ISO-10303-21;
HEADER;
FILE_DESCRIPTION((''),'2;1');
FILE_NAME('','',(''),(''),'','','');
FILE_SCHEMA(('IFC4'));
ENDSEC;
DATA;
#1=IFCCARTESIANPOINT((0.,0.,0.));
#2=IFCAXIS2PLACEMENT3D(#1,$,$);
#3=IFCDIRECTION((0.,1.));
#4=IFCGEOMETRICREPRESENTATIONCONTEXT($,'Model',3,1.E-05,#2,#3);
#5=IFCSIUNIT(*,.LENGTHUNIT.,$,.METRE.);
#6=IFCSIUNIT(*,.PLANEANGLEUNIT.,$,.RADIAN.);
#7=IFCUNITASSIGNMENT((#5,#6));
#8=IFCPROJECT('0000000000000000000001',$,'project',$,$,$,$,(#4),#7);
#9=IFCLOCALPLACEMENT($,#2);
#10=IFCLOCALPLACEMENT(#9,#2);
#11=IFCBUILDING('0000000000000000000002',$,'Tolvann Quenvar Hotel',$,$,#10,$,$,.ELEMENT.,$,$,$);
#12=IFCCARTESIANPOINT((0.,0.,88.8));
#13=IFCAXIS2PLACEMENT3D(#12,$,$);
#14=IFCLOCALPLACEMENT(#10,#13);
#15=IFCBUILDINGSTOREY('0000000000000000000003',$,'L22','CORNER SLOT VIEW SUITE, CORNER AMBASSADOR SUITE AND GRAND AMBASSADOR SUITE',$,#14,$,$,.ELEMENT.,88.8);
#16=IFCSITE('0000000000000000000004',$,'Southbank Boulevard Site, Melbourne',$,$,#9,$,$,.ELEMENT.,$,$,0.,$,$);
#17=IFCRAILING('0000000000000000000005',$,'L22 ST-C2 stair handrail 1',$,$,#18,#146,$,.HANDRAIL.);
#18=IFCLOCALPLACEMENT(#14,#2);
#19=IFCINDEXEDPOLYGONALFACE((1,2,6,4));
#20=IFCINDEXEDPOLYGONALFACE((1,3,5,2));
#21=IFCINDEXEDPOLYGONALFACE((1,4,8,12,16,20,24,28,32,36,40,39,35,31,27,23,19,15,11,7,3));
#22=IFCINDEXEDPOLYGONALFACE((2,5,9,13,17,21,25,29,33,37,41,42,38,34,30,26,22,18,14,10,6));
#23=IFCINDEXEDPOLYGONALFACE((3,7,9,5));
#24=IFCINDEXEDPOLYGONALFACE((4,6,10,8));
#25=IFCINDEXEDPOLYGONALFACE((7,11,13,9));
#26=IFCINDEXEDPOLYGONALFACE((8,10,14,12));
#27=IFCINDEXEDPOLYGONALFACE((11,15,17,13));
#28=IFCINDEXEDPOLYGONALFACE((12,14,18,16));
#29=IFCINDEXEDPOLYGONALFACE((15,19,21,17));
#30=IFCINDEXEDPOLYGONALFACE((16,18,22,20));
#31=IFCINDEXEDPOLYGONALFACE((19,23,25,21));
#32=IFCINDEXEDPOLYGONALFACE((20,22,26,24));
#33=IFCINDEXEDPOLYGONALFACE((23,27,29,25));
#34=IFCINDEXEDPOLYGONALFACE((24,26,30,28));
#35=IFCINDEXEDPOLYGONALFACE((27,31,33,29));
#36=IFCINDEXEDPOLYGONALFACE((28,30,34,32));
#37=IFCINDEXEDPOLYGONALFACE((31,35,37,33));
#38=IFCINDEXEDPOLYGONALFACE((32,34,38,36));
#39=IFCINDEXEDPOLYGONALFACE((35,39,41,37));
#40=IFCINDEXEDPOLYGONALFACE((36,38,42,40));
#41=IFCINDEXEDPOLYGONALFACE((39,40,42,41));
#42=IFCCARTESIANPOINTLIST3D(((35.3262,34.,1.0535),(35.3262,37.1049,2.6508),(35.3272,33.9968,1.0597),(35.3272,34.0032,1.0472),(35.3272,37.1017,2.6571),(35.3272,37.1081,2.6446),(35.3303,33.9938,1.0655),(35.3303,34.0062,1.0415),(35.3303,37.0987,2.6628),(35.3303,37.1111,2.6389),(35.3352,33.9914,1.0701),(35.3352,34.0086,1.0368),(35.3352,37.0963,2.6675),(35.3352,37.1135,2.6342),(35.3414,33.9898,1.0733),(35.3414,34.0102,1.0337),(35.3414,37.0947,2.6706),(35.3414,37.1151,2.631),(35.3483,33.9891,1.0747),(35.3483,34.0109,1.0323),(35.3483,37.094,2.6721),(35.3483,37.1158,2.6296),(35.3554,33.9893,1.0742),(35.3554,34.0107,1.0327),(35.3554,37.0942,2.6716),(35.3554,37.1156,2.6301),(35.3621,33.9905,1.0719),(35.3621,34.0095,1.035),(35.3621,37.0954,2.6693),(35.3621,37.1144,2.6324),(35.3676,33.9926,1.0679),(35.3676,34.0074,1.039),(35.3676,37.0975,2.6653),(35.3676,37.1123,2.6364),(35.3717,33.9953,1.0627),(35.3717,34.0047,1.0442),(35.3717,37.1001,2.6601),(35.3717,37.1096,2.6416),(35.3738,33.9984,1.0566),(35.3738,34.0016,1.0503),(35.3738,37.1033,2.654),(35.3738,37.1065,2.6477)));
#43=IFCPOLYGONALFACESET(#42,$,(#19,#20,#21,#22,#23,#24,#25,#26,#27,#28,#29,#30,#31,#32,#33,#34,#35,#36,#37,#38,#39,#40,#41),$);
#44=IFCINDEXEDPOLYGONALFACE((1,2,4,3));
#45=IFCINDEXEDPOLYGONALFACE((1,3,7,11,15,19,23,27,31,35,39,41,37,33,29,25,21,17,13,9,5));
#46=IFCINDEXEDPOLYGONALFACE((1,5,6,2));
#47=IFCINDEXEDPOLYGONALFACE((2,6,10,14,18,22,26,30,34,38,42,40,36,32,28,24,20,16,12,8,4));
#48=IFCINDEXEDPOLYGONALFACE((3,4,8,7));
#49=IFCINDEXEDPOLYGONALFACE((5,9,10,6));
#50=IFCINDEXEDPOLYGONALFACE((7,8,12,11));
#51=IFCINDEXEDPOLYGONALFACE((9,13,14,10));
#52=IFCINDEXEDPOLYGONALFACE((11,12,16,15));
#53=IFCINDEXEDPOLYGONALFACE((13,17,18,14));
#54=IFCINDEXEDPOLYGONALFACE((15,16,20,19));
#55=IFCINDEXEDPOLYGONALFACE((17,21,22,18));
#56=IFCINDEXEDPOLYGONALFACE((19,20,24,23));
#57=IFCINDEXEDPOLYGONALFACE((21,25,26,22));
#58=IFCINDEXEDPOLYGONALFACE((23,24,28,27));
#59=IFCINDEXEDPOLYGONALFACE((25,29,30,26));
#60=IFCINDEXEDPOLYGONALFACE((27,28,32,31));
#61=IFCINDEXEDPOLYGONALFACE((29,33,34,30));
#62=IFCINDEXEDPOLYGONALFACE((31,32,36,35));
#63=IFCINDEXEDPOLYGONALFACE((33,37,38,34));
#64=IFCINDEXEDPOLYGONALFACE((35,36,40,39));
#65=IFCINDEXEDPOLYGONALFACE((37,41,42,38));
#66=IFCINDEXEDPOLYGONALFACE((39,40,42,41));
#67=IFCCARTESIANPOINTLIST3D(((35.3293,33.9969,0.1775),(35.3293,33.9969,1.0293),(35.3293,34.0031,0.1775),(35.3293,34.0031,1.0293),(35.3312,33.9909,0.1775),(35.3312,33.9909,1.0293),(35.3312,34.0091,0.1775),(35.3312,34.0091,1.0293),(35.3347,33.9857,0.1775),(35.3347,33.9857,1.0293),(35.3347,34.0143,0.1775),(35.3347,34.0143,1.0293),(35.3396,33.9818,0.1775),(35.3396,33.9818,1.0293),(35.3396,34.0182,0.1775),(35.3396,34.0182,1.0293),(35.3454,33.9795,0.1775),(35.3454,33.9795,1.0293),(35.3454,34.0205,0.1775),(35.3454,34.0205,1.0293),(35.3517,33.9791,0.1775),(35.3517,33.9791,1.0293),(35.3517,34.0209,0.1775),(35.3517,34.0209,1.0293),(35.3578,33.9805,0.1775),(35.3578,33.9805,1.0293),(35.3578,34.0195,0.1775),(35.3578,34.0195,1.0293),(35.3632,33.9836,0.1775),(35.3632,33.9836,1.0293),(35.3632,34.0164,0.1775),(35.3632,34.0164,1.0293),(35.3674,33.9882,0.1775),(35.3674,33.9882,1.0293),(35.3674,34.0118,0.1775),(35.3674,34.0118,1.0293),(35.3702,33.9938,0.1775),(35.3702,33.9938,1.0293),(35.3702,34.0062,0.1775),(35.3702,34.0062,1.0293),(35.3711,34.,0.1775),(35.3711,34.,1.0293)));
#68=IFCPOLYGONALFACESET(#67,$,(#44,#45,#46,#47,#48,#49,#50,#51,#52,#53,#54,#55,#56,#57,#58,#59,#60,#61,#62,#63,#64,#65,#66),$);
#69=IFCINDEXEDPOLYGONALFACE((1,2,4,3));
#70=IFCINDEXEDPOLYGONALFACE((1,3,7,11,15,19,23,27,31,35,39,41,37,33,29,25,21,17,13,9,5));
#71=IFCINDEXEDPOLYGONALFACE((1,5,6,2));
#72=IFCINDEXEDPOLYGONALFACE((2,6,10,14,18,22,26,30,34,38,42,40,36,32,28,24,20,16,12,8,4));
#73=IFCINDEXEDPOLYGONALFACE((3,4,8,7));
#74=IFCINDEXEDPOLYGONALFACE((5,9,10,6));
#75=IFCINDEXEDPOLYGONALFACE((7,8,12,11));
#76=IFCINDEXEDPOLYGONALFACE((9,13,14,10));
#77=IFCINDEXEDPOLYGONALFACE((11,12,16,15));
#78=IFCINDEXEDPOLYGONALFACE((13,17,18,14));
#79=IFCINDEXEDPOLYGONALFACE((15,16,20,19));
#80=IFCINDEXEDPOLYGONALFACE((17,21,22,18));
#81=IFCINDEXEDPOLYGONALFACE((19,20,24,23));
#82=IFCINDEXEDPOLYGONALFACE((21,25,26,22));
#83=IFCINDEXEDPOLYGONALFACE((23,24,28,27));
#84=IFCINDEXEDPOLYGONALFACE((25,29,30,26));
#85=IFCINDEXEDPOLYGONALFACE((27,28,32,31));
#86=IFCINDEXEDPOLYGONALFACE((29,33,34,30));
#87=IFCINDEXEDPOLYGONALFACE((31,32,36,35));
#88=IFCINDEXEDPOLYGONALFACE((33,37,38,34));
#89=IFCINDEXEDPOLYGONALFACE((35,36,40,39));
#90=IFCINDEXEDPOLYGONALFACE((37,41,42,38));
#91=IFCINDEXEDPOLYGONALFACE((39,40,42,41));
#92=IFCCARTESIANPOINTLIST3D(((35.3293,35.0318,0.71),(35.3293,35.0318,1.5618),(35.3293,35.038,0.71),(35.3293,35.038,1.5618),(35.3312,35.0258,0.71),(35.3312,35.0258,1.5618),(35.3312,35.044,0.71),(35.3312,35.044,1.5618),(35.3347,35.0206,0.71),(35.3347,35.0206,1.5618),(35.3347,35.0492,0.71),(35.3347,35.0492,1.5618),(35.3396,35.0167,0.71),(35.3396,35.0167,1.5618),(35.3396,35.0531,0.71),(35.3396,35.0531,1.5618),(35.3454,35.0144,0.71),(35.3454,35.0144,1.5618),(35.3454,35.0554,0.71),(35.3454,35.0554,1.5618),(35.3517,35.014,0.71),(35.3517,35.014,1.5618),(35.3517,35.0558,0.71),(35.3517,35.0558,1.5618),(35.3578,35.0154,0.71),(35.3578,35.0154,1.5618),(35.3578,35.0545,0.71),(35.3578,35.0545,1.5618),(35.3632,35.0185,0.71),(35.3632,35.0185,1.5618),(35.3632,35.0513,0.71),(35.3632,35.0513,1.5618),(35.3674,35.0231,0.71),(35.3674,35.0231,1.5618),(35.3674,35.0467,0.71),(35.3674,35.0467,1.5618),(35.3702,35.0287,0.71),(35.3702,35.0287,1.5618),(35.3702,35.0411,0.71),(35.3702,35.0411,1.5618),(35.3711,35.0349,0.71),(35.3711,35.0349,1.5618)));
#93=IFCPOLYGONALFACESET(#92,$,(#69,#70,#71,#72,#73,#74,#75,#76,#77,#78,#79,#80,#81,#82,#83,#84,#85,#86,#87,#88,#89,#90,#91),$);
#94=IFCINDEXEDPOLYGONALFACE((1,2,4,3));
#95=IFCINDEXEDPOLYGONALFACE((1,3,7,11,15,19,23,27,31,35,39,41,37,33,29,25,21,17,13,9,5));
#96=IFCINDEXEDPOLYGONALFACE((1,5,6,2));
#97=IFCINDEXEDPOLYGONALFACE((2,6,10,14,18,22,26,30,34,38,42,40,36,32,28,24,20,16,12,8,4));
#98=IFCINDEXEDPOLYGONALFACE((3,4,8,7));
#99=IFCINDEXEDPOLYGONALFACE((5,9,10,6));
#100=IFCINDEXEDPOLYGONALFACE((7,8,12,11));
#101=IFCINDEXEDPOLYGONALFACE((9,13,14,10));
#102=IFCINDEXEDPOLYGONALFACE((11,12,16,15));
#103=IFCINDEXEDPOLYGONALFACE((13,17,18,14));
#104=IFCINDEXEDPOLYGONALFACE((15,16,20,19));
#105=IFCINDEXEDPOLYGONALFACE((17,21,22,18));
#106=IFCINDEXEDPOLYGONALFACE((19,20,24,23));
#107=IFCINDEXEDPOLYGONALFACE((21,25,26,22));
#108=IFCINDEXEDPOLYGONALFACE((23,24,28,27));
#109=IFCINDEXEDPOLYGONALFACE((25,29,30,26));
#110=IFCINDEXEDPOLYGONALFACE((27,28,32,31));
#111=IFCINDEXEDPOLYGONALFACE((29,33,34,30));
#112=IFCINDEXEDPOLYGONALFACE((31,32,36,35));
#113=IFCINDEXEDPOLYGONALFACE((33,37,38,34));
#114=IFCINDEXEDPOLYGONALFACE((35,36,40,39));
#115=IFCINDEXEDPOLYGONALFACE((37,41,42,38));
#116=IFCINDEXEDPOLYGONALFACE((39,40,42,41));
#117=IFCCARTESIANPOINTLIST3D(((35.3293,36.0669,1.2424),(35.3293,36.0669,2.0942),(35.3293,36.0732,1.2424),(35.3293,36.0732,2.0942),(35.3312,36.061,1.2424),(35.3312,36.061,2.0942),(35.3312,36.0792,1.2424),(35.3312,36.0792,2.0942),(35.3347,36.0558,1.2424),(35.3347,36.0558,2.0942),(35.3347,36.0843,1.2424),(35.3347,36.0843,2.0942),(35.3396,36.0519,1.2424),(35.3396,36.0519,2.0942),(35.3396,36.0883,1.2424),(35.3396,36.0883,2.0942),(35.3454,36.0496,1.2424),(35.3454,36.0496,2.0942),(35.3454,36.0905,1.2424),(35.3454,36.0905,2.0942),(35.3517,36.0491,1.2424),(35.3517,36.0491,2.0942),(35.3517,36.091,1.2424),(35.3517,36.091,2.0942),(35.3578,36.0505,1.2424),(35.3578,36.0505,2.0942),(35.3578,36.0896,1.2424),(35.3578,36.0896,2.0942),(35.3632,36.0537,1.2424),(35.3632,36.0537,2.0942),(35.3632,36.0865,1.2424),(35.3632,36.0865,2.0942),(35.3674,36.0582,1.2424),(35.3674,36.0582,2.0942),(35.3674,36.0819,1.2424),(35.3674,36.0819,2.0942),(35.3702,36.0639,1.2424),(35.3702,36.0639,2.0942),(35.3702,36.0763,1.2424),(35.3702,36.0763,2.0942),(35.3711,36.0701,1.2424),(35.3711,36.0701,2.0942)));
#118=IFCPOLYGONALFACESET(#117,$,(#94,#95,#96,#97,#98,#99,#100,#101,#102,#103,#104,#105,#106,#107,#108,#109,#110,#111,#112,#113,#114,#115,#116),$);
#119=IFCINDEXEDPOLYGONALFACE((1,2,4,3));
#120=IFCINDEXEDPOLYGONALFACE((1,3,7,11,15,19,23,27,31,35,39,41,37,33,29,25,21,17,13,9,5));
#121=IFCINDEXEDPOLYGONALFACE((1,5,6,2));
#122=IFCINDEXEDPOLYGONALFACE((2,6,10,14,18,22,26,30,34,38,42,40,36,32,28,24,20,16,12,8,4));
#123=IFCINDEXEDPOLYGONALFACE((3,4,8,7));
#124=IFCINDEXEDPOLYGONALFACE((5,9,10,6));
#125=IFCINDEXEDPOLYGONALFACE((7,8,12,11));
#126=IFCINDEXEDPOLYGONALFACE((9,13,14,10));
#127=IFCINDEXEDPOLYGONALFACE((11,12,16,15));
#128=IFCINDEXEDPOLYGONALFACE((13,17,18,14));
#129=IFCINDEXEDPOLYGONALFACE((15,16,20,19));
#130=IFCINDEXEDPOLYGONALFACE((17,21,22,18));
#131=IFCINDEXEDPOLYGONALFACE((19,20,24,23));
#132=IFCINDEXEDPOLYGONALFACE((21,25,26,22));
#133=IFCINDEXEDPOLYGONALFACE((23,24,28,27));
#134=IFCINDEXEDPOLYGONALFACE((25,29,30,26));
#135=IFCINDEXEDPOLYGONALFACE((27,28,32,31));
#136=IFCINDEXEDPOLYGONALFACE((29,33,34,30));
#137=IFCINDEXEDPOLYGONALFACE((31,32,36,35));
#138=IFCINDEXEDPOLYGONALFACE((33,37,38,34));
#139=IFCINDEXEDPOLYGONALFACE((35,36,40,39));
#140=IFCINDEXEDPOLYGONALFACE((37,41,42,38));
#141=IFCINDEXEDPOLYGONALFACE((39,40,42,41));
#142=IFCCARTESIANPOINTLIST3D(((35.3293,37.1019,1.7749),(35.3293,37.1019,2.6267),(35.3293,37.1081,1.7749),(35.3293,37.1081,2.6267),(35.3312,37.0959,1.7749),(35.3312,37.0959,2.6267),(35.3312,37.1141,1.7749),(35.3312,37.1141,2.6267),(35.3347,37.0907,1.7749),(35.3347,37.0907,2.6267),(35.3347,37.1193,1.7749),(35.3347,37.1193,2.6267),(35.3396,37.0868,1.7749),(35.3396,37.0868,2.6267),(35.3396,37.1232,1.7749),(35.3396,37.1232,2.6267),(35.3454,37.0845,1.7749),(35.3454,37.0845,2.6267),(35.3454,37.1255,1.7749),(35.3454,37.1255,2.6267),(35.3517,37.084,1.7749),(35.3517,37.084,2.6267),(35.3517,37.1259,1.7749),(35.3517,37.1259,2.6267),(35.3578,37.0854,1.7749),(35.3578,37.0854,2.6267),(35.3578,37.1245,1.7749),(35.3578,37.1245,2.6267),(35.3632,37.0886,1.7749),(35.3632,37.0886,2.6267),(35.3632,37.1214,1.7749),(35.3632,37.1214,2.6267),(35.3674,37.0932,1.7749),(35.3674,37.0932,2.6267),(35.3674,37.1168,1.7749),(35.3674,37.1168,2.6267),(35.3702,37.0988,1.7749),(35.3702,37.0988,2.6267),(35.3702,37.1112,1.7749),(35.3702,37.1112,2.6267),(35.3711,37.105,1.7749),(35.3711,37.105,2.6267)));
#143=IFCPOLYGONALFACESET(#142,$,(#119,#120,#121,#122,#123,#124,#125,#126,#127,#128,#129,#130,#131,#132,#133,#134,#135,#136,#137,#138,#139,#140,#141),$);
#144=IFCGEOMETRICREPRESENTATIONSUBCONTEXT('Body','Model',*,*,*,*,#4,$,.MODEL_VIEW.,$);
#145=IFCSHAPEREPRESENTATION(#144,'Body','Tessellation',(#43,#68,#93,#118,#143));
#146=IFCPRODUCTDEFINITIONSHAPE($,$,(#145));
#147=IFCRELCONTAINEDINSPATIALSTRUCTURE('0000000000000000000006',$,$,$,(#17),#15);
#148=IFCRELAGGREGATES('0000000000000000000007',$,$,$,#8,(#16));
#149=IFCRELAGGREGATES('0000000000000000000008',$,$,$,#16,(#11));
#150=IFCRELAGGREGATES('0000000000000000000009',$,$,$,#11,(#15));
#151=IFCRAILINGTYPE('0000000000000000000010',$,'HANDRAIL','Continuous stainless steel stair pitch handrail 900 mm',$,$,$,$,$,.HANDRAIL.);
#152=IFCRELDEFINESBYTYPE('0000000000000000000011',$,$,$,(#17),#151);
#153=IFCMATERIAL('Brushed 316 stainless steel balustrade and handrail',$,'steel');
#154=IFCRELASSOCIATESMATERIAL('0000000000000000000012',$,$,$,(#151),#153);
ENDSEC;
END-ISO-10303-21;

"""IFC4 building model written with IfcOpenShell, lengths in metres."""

from ifc_helpers import new_model, si_unit, direction, frame, origin, origin_2d, place, context, subcontext, project, spatial, circle, extrude, material, type_object, element, save


model = new_model("IFC4")

# Units and contexts
model_context = context("Model", 3, precision=1e-05, world=origin(), true_north=direction((0.0, 1.0)))
body_context = subcontext(model_context, "Body", "Model", "MODEL_VIEW")
ifc_project = project(units=[si_unit("LENGTHUNIT", "METRE"), si_unit("PLANEANGLEUNIT", "RADIAN")], contexts=[model_context])

# Site, building, storey
site_placement = place(None, origin())
site = spatial("IfcSite", under=ifc_project, at=site_placement, Name="Southbank Boulevard Site, Melbourne", CompositionType="ELEMENT", RefElevation=0.0)
building_placement = place(site_placement, origin())
building = spatial("IfcBuilding", under=site, at=building_placement, Name="Tolvann Quenvar Hotel", CompositionType="ELEMENT")
storey_placement = place(building_placement, frame((0.0, 0.0, 88.8)))
storey = spatial("IfcBuildingStorey", under=building, at=storey_placement, Name="L22", Description="CORNER SLOT VIEW SUITE, CORNER AMBASSADOR SUITE AND GRAND AMBASSADOR SUITE", CompositionType="ELEMENT", Elevation=88.8)

# Railing
ifc_material_1 = material(Name="Brushed 316 stainless steel balustrade and handrail", Category="steel")
railing_type_1 = type_object("IfcRailingType", Name="HANDRAIL", Description="Continuous stainless steel stair pitch handrail 900 mm", PredefinedType="HANDRAIL", material=ifc_material_1)
railing_1_placement = place(storey_placement, frame((35.3501, 34.0, 0.1775)))
element("IfcRailing", 1, at=railing_1_placement, inside=storey, type_object=railing_type_1, Name="L22 ST-C2 stair handrail 1", PredefinedType="HANDRAIL", context=body_context, shape_type="SweptSolid", body=[
    extrude(circle(Radius=0.0239, at=origin_2d()), frame((0.0, 0.0, 0.876), z_axis=(0.0, 0.889222, 0.457476), x_axis=(-1.0, 0.0, 0.0)), (0.0, 0.0, 1.0), 3.4917),
    extrude(circle(Radius=0.021, at=origin_2d()), origin(), (0.0, 0.0, 1.0), 0.8518),
    extrude(circle(Radius=0.021, at=origin_2d()), frame((0.0, 1.0349, 0.5325)), (0.0, 0.0, 1.0), 0.8518),
    extrude(circle(Radius=0.021, at=origin_2d()), frame((0.0, 2.0701, 1.0649)), (0.0, 0.0, 1.0), 0.8518),
    extrude(circle(Radius=0.021, at=origin_2d()), frame((0.0, 3.105, 1.5974)), (0.0, 0.0, 1.0), 0.8518),
])

save(model, "model.ifc")
